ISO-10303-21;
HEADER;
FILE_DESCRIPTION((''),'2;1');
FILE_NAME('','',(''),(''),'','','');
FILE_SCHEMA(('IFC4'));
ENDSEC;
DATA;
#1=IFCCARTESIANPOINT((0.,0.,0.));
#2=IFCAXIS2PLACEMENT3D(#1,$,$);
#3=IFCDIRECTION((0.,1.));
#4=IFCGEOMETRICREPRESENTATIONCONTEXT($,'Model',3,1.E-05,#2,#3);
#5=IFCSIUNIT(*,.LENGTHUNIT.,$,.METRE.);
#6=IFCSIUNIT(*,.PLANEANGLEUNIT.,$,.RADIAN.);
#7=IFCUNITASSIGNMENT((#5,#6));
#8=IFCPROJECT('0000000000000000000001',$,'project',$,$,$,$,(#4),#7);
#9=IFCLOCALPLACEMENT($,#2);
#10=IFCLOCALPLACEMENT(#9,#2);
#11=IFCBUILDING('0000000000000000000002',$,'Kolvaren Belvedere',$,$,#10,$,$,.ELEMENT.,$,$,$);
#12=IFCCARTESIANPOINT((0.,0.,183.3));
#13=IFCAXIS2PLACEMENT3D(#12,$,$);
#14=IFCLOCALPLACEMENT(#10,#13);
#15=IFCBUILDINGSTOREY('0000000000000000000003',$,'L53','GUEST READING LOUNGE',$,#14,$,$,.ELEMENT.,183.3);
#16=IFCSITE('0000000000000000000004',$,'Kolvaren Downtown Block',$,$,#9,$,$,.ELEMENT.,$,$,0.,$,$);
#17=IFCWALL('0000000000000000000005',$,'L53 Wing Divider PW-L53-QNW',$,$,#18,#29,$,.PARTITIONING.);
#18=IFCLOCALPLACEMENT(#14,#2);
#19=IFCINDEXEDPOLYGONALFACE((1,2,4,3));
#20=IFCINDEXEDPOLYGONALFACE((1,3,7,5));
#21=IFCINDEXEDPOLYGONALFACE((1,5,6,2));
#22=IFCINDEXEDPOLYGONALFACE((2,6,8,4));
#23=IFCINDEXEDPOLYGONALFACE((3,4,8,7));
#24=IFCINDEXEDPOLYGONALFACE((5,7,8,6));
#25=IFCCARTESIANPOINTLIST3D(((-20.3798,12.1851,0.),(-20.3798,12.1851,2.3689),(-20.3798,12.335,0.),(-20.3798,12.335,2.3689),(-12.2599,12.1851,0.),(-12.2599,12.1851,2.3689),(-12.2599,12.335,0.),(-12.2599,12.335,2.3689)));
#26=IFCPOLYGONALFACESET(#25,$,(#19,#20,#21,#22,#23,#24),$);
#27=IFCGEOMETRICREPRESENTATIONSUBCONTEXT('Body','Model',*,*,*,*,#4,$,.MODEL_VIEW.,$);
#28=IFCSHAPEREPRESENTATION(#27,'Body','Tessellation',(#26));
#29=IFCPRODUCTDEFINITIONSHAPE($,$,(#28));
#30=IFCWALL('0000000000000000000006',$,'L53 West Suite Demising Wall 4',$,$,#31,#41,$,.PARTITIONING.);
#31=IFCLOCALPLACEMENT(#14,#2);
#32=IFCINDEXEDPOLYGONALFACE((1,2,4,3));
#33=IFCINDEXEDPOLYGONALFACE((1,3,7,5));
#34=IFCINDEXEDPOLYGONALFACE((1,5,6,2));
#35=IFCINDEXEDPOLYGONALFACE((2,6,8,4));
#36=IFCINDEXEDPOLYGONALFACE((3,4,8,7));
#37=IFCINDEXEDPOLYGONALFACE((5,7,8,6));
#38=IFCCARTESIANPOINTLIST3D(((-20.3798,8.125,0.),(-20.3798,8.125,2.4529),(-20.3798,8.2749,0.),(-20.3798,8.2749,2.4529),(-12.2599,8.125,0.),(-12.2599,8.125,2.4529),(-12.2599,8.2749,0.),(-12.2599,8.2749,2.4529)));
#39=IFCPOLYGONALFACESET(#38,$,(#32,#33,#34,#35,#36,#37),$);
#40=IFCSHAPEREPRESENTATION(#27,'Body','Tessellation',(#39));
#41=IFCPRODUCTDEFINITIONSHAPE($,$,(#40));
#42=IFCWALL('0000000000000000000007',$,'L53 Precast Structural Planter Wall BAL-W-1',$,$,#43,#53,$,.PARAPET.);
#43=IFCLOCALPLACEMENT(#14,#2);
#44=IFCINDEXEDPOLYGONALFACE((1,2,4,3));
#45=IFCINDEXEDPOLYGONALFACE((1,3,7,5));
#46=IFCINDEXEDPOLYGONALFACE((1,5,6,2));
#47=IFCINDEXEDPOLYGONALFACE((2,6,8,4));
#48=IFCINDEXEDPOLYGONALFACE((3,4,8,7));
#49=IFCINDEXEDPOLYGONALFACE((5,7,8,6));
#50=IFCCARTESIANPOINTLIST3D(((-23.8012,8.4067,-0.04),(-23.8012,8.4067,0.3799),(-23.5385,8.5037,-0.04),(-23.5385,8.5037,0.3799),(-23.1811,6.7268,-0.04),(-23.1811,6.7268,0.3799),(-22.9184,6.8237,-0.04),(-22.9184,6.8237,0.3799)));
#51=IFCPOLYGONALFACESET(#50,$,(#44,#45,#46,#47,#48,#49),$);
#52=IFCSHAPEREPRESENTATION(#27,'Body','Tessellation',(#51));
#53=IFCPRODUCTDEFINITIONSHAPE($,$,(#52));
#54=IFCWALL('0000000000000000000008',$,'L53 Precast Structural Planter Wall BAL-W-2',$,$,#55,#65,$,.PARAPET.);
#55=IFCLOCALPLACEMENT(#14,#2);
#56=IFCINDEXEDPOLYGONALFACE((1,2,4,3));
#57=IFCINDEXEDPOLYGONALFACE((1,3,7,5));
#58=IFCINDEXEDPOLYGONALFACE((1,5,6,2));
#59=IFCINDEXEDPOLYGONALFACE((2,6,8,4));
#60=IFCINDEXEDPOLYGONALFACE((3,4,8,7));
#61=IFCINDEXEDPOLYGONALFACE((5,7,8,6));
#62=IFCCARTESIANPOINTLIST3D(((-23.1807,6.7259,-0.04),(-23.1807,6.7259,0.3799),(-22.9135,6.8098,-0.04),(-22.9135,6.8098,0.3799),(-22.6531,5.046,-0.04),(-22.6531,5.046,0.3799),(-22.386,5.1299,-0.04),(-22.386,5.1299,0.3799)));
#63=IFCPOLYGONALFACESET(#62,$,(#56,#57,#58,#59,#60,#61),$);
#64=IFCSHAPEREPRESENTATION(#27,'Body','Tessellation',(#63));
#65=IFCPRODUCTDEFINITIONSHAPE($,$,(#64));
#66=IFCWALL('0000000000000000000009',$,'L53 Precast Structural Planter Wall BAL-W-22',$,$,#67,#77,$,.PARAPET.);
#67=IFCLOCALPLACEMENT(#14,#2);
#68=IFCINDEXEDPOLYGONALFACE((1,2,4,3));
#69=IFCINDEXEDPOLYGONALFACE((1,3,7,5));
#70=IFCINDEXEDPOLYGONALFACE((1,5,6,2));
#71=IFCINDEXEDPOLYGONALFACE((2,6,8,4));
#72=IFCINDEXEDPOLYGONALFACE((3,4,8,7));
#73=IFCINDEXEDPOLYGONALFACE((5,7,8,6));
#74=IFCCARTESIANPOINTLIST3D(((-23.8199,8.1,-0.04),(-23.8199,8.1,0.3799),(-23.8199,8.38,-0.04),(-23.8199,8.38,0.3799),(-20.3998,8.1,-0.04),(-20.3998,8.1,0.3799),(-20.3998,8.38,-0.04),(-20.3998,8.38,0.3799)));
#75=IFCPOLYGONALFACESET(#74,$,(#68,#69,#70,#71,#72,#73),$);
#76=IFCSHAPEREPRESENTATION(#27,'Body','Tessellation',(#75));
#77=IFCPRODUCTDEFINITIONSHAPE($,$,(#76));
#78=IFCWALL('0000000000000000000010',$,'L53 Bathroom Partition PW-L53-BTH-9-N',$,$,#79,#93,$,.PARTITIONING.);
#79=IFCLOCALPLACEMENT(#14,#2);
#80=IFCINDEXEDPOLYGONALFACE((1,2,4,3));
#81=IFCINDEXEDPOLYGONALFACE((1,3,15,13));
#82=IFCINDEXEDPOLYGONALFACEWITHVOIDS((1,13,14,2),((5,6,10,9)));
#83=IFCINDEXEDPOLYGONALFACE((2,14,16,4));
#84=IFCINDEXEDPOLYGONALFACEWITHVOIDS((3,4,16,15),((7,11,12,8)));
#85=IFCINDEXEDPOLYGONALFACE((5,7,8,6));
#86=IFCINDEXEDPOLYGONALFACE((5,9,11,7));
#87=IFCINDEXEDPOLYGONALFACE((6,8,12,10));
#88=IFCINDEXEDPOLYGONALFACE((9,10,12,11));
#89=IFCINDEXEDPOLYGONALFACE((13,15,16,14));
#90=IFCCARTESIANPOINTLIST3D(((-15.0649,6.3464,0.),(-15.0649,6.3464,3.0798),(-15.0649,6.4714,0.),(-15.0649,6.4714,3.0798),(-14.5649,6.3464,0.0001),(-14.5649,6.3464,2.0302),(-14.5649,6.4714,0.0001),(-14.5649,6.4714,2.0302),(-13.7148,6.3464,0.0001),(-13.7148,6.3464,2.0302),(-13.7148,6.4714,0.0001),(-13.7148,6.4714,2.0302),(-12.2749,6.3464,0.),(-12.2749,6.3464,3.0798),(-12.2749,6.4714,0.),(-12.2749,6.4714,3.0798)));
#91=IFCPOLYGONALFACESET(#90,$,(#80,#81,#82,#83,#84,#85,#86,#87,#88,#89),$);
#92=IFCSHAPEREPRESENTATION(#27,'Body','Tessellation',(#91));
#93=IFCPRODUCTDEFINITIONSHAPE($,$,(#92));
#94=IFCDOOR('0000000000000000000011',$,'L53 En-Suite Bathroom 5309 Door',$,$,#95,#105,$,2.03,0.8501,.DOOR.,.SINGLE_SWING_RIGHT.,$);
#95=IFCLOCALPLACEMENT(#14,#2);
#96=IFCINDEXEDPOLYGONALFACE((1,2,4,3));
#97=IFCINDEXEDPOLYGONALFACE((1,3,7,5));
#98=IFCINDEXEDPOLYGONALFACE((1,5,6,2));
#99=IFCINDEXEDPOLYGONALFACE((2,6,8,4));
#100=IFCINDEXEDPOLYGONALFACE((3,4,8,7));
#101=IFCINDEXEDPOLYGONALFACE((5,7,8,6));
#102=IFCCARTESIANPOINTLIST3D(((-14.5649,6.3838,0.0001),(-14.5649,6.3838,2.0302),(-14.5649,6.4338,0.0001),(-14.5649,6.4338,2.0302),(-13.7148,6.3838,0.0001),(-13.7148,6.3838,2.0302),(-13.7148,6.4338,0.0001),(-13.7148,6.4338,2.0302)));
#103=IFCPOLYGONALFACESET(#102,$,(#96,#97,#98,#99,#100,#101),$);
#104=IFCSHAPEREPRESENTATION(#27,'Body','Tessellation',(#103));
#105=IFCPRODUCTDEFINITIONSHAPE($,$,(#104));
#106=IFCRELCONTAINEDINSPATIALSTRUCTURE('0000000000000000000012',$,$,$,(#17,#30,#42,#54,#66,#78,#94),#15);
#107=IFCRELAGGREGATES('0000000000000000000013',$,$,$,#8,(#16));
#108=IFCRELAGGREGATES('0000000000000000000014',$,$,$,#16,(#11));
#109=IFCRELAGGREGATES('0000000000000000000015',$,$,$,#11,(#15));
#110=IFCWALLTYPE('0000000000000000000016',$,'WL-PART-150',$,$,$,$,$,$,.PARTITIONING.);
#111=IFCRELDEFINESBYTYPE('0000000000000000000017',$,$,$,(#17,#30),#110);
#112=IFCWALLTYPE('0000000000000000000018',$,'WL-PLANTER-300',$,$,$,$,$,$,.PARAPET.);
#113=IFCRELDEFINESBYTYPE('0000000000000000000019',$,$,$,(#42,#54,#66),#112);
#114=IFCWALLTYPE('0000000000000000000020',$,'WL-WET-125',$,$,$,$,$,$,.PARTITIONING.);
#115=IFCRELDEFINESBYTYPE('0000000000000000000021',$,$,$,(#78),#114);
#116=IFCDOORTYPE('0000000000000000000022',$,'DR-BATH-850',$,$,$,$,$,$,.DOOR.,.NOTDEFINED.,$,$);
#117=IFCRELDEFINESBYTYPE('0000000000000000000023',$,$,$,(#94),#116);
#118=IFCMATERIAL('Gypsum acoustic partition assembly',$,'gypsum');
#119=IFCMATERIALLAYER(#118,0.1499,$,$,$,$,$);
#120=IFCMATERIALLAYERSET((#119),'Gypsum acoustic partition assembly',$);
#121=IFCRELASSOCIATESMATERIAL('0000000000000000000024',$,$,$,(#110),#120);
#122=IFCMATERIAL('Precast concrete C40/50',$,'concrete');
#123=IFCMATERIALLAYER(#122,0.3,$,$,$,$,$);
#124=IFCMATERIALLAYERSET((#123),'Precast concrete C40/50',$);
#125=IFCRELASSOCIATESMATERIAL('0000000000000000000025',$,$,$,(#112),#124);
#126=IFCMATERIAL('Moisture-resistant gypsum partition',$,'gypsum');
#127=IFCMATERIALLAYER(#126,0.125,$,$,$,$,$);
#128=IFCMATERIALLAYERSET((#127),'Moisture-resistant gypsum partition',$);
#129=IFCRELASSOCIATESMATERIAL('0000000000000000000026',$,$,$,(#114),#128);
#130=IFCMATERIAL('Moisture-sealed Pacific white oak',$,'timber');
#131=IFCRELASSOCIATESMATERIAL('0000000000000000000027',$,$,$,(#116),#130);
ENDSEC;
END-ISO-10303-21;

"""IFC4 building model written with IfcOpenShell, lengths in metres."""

from ifc_helpers import new_model, si_unit, direction, frame, frame_2d, origin, place, context, subcontext, project, spatial, rectangle, extrude, material, layer, layer_set, type_object, element, fill, save


model = new_model("IFC4")

# Units and contexts
model_context = context("Model", 3, precision=1e-05, world=origin(), true_north=direction((0.0, 1.0)))
body_context = subcontext(model_context, "Body", "Model", "MODEL_VIEW")
ifc_project = project(units=[si_unit("LENGTHUNIT", "METRE"), si_unit("PLANEANGLEUNIT", "RADIAN")], contexts=[model_context])

# Site, building, storey
site_placement = place(None, origin())
site = spatial("IfcSite", under=ifc_project, at=site_placement, Name="Kolvaren Downtown Block", CompositionType="ELEMENT", RefElevation=0.0)
building_placement = place(site_placement, origin())
building = spatial("IfcBuilding", under=site, at=building_placement, Name="Kolvaren Belvedere", CompositionType="ELEMENT")
storey_placement = place(building_placement, frame((0.0, 0.0, 183.3)))
storey = spatial("IfcBuildingStorey", under=building, at=storey_placement, Name="L53", Description="GUEST READING LOUNGE", CompositionType="ELEMENT", Elevation=183.3)

# Walls
ifc_material_1 = material(Name="Gypsum acoustic partition assembly", Category="gypsum")
ifc_layer_1 = layer(ifc_material_1, 0.1499)
ifc_layer_set_1 = layer_set([ifc_layer_1], Name="Gypsum acoustic partition assembly")
wall_type_1 = type_object("IfcWallType", Name="WL-PART-150", PredefinedType="PARTITIONING", material=ifc_layer_set_1)
wall_1_placement = place(storey_placement, frame((-20.3799, 12.26, 0.0), z_axis=(0.0, 0.0, 1.0), x_axis=(1.0, 0.0, 0.0)))
element("IfcWall", 1, at=wall_1_placement, inside=storey, type_object=wall_type_1, Name="L53 Wing Divider PW-L53-QNW", PredefinedType="PARTITIONING", context=body_context, shape_type="SweptSolid", body=[
    extrude(rectangle(XDim=8.1199, YDim=0.1499, at=frame_2d((4.0601, 0.0))), origin(), (0.0, 0.0, 1.0), 2.3689),
])
wall_2_placement = place(storey_placement, frame((-20.3799, 8.2, 0.0), z_axis=(0.0, 0.0, 1.0), x_axis=(1.0, 0.0, 0.0)))
element("IfcWall", 2, at=wall_2_placement, inside=storey, type_object=wall_type_1, Name="L53 West Suite Demising Wall 4", PredefinedType="PARTITIONING", context=body_context, shape_type="SweptSolid", body=[
    extrude(rectangle(XDim=8.1199, YDim=0.1499, at=frame_2d((4.0601, 0.0))), origin(), (0.0, 0.0, 1.0), 2.4529),
])
ifc_material_2 = material(Name="Precast concrete C40/50", Category="concrete")
ifc_layer_2 = layer(ifc_material_2, 0.3)
ifc_layer_set_2 = layer_set([ifc_layer_2], Name="Precast concrete C40/50")
wall_type_2 = type_object("IfcWallType", Name="WL-PLANTER-300", PredefinedType="PARAPET", material=ifc_layer_set_2)
wall_3_placement = place(storey_placement, frame((-23.6699, 8.4553, -0.04), z_axis=(0.0, 0.0, 1.0), x_axis=(0.346293, -0.938126, 0.0)))
element("IfcWall", 3, at=wall_3_placement, inside=storey, type_object=wall_type_2, Name="L53 Precast Structural Planter Wall BAL-W-1", PredefinedType="PARAPET", context=body_context, shape_type="SweptSolid", body=[
    extrude(rectangle(XDim=1.7908, YDim=0.28, at=frame_2d((0.8955, 0.0))), origin(), (0.0, 0.0, 1.0), 0.4199),
])
wall_4_placement = place(storey_placement, frame((-23.0471, 6.7678, -0.04), z_axis=(0.0, 0.0, 1.0), x_axis=(0.299625, -0.954057, 0.0)))
element("IfcWall", 4, at=wall_4_placement, inside=storey, type_object=wall_type_2, Name="L53 Precast Structural Planter Wall BAL-W-2", PredefinedType="PARAPET", context=body_context, shape_type="SweptSolid", body=[
    extrude(rectangle(XDim=1.7607, YDim=0.28, at=frame_2d((0.8804, 0.0))), origin(), (0.0, 0.0, 1.0), 0.4199),
])
wall_5_placement = place(storey_placement, frame((-20.3999, 8.24, -0.04), z_axis=(0.0, 0.0, 1.0), x_axis=(-1.0, 0.0, 0.0)))
element("IfcWall", 5, at=wall_5_placement, inside=storey, type_object=wall_type_2, Name="L53 Precast Structural Planter Wall BAL-W-22", PredefinedType="PARAPET", context=body_context, shape_type="SweptSolid", body=[
    extrude(rectangle(XDim=3.4202, YDim=0.28, at=frame_2d((1.71, 0.0))), origin(), (0.0, 0.0, 1.0), 0.4199),
])

# Wall, opening, door
ifc_material_3 = material(Name="Moisture-resistant gypsum partition", Category="gypsum")
ifc_layer_3 = layer(ifc_material_3, 0.125)
ifc_layer_set_3 = layer_set([ifc_layer_3], Name="Moisture-resistant gypsum partition")
wall_type_3 = type_object("IfcWallType", Name="WL-WET-125", PredefinedType="PARTITIONING", material=ifc_layer_set_3)
wall_6_placement = place(storey_placement, frame((-15.0649, 6.4089, 0.0), z_axis=(0.0, 0.0, 1.0), x_axis=(1.0, 0.0, 0.0)))
wall_6 = element("IfcWall", 6, at=wall_6_placement, inside=storey, type_object=wall_type_3, Name="L53 Bathroom Partition PW-L53-BTH-9-N", PredefinedType="PARTITIONING", context=body_context, shape_type="SweptSolid", body=[
    extrude(rectangle(XDim=2.79, YDim=0.125, at=frame_2d((1.395, 0.0))), origin(), (0.0, 0.0, 1.0), 3.0798),
])
opening_1_placement = place(wall_6_placement, frame((0.5, 0.0, 0.0)))
opening_1 = element("IfcOpeningElement", 7, at=opening_1_placement, cuts=wall_6, PredefinedType="OPENING", context=body_context, shape_type="SweptSolid", body=[
    extrude(rectangle(XDim=0.8501, YDim=2.03, at=frame_2d((0.425, 1.0151))), frame((0.0, 0.0725, 0.0), z_axis=(0.0, -1.0, 0.0), x_axis=(1.0, 0.0, 0.0)), (0.0, 0.0, 1.0), 0.145),
])
ifc_material_4 = material(Name="Moisture-sealed Pacific white oak", Category="timber")
door_type = type_object("IfcDoorType", Name="DR-BATH-850", OperationType="NOTDEFINED", PredefinedType="DOOR", material=ifc_material_4)
door_placement = place(opening_1_placement, origin())
door = element("IfcDoor", 8, at=door_placement, inside=storey, type_object=door_type, Name="L53 En-Suite Bathroom 5309 Door", OperationType="SINGLE_SWING_RIGHT", OverallHeight=2.03, OverallWidth=0.8501, PredefinedType="DOOR", context=body_context, shape_type="SweptSolid", body=[
    extrude(rectangle(XDim=0.8501, YDim=2.03, at=frame_2d((0.425, 1.0151))), frame((0.0, 0.0249, 0.0), z_axis=(0.0, -1.0, 0.0), x_axis=(1.0, 0.0, 0.0)), (0.0, 0.0, 1.0), 0.05),
])
fill(opening_1, door)

save(model, "model.ifc")
